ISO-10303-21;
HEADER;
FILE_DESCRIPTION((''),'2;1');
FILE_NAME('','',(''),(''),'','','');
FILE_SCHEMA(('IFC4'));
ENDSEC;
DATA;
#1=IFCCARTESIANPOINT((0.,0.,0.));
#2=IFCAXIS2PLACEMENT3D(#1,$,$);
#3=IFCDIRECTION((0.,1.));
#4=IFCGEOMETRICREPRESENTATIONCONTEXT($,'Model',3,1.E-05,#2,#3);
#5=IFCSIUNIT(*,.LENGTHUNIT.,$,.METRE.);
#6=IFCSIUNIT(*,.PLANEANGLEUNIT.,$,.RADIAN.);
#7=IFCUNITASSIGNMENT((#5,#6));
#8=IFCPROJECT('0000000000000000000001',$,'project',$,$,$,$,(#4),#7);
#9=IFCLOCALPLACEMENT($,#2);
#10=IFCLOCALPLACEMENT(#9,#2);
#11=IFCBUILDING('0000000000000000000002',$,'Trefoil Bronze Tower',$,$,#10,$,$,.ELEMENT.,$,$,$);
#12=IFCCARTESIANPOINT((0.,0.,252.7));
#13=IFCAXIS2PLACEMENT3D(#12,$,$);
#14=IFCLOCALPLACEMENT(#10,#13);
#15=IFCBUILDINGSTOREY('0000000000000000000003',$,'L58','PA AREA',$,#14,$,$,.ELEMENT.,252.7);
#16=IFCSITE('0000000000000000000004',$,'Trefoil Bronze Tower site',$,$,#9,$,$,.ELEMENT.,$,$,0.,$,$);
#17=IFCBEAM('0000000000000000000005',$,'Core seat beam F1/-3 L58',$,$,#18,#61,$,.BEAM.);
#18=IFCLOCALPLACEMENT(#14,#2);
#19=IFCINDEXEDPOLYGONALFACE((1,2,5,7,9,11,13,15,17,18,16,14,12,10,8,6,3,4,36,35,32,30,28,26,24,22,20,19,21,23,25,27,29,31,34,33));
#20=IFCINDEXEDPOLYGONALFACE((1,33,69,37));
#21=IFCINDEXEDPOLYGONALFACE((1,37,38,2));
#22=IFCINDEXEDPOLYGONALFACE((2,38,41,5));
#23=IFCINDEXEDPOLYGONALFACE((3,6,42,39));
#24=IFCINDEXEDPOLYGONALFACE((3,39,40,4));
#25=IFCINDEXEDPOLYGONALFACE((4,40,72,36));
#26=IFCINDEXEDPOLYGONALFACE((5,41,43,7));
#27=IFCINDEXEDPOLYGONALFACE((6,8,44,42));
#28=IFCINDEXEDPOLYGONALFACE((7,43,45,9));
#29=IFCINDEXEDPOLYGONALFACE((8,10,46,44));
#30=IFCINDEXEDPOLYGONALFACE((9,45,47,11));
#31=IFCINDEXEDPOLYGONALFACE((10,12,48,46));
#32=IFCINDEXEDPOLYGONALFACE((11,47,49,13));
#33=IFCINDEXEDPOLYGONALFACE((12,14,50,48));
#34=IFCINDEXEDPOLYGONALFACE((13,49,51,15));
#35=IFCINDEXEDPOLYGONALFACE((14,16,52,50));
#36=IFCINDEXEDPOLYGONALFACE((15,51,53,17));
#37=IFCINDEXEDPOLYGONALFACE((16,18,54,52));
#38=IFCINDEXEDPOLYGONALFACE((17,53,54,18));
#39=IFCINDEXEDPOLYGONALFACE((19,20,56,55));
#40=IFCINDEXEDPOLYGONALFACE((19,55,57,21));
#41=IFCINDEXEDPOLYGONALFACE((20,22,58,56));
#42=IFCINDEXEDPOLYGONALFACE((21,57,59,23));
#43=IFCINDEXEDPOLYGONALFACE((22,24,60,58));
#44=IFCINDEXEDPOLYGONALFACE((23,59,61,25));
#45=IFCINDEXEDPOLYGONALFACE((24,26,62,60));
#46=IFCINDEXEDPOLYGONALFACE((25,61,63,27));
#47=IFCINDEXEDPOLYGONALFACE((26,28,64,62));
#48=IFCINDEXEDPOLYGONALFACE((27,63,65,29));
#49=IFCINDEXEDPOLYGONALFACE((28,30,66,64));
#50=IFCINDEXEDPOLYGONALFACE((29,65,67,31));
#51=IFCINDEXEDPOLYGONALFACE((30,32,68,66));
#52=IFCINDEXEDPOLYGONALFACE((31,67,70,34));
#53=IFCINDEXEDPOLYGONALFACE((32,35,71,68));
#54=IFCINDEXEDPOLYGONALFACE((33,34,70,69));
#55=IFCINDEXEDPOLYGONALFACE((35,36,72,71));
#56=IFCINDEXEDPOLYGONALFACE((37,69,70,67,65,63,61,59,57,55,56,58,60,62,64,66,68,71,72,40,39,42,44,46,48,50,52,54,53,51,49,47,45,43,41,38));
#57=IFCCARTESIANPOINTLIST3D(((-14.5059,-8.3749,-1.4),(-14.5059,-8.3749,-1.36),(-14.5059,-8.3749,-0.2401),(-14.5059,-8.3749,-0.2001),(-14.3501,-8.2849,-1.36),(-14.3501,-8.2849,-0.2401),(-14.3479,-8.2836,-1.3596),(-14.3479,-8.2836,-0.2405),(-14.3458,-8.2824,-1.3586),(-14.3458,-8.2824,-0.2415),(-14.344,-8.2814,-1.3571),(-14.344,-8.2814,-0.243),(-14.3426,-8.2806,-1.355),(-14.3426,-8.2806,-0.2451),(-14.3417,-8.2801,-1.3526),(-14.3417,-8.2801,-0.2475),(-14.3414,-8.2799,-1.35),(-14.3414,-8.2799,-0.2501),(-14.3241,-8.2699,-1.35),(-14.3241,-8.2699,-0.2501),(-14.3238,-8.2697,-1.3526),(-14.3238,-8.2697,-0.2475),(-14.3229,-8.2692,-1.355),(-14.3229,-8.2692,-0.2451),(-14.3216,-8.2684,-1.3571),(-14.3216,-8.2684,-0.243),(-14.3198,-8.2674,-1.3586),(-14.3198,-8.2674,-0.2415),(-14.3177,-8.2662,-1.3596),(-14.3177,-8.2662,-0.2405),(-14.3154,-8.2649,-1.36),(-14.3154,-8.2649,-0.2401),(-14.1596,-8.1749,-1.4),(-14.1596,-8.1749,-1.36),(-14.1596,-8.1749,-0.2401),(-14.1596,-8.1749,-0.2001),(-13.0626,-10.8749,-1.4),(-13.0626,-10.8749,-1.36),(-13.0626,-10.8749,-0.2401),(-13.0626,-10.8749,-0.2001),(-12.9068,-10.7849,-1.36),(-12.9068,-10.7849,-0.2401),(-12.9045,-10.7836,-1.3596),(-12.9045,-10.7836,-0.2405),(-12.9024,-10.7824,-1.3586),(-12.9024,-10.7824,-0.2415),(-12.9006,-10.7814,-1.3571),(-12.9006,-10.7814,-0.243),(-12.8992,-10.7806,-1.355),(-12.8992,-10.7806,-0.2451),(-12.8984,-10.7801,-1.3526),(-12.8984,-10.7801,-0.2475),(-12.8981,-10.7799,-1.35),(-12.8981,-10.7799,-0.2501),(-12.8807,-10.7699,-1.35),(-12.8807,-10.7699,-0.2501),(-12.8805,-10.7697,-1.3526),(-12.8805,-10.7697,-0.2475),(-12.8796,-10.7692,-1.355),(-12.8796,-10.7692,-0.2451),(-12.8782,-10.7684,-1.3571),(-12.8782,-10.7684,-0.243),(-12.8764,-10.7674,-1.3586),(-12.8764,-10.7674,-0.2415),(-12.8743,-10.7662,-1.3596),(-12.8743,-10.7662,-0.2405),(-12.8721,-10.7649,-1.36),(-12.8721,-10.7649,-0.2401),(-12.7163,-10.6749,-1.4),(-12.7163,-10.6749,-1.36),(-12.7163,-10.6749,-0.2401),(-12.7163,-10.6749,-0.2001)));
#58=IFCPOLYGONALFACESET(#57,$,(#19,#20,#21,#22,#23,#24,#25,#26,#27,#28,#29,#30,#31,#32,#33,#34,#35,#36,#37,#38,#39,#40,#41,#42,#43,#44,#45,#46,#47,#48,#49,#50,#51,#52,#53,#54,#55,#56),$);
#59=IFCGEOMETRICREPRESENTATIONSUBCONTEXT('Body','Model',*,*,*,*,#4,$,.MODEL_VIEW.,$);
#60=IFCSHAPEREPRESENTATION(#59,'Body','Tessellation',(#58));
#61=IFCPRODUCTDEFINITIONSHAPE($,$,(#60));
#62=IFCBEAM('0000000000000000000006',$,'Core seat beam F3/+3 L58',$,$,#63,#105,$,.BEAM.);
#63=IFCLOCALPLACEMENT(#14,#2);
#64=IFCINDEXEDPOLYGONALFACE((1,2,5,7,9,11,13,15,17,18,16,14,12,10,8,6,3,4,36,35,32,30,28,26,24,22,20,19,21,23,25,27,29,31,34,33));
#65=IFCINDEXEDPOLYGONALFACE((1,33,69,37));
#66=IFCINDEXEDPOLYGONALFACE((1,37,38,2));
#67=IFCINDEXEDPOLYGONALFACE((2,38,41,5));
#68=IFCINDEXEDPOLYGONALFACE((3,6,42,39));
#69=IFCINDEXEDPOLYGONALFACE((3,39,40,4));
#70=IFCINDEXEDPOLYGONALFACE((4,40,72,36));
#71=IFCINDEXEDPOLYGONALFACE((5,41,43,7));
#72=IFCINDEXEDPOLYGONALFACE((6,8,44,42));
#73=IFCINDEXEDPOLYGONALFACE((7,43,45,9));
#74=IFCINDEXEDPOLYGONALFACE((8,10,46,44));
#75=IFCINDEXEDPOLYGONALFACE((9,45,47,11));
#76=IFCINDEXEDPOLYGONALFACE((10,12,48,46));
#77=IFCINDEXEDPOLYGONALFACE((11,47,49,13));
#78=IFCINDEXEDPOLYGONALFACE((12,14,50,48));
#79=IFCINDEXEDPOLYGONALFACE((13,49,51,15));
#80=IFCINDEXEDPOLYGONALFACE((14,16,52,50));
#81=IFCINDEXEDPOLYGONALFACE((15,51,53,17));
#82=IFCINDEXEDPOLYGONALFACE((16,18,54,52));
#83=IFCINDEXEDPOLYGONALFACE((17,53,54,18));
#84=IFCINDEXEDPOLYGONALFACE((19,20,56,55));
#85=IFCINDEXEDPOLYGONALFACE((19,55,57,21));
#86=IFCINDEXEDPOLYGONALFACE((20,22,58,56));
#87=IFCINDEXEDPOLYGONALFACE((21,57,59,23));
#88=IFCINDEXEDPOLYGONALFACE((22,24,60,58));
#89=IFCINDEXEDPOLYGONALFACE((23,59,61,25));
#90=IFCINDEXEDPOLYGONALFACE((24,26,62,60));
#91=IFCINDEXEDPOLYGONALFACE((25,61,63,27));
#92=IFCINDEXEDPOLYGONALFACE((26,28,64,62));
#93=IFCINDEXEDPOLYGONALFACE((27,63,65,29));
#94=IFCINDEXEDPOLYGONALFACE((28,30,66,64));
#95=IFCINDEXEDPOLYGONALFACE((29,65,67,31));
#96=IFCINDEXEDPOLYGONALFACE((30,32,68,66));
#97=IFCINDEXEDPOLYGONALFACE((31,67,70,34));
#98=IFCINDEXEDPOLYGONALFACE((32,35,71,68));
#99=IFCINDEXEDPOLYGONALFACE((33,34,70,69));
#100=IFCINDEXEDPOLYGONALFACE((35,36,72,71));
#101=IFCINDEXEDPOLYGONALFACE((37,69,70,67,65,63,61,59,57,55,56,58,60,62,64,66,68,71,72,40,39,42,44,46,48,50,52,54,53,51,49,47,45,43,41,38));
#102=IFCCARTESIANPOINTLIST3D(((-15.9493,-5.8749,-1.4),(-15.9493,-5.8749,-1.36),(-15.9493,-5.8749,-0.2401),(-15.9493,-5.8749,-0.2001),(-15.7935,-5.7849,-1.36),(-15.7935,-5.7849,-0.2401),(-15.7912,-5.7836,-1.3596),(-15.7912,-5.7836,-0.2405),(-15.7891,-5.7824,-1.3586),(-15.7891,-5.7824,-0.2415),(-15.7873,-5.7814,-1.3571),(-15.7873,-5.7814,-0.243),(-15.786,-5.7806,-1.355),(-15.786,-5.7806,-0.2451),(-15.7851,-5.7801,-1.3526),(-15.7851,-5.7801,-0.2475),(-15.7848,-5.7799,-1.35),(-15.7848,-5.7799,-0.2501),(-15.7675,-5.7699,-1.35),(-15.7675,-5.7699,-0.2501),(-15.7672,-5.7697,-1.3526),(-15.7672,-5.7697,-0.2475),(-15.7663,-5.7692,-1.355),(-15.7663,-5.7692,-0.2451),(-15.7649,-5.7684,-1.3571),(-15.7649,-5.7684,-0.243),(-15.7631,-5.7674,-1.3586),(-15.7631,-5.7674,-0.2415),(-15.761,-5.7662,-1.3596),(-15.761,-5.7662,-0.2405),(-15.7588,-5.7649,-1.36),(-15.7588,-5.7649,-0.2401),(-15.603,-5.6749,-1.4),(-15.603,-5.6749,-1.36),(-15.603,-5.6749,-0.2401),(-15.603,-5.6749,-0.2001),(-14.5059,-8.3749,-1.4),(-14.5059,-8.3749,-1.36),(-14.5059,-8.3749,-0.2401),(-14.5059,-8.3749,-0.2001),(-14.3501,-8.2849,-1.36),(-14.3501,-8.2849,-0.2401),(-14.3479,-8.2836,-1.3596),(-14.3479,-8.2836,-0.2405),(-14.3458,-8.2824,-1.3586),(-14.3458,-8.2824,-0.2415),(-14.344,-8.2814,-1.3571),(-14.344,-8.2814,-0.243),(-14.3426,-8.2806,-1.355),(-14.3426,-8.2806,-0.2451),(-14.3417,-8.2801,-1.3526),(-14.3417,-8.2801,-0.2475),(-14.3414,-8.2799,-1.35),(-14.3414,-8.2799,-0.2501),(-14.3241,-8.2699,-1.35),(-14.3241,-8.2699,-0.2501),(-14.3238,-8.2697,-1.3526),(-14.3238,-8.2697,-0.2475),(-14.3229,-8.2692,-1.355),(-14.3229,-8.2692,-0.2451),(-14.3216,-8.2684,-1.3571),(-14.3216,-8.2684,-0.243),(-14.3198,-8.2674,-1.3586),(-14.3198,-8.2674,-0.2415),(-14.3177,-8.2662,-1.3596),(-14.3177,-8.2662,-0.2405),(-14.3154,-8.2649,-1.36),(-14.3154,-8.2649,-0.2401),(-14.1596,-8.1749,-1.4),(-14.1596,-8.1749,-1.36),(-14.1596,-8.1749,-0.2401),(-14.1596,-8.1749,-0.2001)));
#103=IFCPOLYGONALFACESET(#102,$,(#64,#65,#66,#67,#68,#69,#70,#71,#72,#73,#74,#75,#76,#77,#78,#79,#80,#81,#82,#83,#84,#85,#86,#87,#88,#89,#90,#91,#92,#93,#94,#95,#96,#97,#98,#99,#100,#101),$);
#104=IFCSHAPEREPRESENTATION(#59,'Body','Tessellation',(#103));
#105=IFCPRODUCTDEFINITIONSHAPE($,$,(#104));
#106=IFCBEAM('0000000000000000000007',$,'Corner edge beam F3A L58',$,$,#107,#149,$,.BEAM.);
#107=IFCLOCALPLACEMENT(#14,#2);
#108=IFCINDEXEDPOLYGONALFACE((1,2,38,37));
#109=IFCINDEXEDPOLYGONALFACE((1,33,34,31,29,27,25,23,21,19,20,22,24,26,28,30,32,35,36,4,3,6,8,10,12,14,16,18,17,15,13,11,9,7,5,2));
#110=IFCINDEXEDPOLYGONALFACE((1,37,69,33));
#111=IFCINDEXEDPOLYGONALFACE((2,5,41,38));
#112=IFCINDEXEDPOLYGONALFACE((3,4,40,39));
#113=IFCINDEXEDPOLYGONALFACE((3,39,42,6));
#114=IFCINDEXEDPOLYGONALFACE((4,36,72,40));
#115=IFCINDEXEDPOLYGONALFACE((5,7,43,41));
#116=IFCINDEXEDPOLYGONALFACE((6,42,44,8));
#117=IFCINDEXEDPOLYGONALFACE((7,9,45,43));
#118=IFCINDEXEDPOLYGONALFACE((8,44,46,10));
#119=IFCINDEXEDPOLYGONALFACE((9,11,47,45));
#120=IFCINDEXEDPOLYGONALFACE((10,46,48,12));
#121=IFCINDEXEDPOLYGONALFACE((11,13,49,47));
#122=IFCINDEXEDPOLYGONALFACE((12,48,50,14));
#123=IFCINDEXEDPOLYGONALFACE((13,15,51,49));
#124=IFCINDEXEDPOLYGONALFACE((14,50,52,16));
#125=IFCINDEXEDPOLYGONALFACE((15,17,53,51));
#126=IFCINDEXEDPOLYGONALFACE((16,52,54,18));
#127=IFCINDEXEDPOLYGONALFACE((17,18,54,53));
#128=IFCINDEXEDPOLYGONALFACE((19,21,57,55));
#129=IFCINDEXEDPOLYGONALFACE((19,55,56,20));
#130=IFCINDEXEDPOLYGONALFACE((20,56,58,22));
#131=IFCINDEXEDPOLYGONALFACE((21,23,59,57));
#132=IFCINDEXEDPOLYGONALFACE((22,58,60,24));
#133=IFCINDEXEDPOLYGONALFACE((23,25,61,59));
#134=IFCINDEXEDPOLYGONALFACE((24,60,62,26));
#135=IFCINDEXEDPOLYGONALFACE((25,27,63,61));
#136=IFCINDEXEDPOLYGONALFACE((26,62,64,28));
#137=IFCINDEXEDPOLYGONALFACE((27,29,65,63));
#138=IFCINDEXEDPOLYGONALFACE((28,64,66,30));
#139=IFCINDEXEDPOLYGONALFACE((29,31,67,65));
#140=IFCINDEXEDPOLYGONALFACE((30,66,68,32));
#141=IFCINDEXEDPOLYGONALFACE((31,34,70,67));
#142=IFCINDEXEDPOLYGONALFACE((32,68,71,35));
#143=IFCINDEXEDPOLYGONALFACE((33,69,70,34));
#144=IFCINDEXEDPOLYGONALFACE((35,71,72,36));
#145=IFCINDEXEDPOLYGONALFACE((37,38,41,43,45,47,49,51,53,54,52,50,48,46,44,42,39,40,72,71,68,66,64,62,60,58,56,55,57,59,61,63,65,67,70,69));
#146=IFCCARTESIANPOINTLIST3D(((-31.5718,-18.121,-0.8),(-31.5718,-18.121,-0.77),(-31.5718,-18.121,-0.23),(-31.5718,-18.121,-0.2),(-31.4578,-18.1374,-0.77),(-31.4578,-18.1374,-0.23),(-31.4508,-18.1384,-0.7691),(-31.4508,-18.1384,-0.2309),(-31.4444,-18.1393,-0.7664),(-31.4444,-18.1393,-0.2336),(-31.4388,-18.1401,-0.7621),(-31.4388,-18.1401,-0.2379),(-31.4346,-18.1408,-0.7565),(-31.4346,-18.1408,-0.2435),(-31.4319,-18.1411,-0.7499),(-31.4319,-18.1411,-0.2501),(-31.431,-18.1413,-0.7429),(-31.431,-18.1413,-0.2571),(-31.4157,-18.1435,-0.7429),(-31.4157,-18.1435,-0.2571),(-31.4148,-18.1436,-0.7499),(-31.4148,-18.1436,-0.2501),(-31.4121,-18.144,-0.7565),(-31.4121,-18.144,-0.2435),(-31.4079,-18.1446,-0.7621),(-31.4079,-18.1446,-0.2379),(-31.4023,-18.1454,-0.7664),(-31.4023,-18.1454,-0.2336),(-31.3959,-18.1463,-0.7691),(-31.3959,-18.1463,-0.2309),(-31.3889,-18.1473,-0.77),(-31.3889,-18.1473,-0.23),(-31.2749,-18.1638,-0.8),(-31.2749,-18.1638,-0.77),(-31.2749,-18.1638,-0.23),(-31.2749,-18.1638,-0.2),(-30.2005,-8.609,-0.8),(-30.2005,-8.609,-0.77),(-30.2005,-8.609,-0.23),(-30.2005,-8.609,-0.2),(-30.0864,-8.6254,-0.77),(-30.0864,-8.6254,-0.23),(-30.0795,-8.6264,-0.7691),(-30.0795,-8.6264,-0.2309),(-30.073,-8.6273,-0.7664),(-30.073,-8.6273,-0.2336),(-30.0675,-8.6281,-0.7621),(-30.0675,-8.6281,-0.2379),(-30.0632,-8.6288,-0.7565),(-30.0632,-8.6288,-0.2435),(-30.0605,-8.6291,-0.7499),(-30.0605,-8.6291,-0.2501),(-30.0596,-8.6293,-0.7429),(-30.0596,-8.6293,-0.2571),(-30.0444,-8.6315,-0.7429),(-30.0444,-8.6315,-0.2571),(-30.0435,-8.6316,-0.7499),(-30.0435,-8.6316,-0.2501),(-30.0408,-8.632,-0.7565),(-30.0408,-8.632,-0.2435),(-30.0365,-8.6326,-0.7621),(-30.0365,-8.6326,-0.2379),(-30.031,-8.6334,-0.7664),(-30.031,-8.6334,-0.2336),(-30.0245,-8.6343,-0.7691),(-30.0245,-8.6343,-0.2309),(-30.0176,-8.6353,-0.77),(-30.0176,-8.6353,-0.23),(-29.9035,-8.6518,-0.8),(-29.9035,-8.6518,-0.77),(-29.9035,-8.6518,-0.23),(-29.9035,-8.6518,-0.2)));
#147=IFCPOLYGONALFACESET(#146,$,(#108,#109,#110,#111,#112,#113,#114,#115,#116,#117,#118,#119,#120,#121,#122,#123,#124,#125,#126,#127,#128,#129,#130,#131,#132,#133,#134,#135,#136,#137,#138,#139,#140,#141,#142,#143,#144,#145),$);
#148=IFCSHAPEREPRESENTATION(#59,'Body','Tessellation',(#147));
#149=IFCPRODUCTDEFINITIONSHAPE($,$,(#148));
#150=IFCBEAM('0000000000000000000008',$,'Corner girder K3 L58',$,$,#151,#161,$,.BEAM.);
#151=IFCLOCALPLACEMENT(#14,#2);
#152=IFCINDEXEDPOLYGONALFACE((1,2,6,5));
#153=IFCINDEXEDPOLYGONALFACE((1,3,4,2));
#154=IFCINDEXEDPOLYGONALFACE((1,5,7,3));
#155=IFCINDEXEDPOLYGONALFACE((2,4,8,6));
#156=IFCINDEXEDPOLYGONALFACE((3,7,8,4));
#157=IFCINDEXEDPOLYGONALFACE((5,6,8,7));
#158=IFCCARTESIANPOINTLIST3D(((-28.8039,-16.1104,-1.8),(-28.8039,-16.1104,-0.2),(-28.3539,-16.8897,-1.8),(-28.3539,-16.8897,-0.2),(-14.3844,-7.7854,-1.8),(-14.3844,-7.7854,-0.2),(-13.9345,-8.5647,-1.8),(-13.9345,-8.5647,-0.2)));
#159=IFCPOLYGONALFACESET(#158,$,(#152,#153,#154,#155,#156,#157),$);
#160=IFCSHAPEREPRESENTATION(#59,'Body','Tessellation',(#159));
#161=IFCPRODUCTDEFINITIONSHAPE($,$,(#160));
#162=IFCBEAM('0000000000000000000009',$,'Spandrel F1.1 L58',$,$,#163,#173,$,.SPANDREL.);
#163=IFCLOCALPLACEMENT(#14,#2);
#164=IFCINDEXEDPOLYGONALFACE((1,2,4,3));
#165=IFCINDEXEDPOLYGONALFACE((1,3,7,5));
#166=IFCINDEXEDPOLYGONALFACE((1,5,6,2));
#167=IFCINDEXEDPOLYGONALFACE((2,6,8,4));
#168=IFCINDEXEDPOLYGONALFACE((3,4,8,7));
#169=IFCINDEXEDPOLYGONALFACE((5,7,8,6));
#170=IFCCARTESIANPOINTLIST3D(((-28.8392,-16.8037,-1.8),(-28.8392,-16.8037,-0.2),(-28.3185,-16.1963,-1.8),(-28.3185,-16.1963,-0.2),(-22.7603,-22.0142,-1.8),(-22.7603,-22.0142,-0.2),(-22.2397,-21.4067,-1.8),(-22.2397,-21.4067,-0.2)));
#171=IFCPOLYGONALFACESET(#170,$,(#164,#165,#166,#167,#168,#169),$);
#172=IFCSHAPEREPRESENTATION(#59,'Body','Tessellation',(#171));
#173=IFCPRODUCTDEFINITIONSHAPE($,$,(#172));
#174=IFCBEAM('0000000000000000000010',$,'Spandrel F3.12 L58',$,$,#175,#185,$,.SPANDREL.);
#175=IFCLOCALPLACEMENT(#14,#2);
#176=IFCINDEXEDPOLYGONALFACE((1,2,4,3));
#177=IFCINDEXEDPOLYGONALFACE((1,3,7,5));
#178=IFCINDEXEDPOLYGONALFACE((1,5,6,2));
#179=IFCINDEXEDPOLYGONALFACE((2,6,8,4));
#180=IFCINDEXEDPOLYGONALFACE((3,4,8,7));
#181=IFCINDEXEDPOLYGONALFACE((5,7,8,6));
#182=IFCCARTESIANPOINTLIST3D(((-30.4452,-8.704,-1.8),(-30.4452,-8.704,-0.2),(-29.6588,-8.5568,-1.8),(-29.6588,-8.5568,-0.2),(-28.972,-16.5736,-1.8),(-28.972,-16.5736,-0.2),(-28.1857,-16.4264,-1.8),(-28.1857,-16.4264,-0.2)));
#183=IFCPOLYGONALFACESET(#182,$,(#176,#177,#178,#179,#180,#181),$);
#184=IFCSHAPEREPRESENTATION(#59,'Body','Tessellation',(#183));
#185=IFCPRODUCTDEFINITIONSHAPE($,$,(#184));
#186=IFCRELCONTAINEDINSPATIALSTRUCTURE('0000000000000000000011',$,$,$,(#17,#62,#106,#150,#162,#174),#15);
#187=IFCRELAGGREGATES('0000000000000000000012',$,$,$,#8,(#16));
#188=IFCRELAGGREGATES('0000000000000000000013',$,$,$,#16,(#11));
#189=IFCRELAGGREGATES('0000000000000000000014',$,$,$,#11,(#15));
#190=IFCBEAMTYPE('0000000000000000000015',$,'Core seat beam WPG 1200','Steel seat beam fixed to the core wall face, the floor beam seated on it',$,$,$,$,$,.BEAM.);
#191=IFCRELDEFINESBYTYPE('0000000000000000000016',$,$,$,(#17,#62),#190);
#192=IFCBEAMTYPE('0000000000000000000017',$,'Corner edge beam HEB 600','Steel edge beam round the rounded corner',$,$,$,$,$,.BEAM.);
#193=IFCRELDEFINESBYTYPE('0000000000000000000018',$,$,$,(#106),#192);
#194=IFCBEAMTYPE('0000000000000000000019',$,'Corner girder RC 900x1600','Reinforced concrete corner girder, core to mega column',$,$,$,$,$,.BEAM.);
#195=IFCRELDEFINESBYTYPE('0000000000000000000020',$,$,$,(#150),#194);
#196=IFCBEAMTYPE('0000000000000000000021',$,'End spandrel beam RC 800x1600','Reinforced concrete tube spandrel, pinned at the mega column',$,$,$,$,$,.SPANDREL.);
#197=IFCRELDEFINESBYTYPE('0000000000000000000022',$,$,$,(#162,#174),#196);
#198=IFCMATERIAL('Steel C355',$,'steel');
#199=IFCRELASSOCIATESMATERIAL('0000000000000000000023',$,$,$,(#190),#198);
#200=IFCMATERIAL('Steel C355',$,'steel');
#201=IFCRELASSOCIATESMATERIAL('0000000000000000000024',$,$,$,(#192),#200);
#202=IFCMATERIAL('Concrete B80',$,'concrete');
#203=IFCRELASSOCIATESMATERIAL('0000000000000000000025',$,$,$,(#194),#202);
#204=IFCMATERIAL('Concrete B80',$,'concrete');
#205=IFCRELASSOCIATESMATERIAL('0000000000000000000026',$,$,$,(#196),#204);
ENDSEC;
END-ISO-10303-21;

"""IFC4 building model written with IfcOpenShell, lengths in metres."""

from ifc_helpers import new_model, si_unit, direction, frame, origin, origin_2d, place, context, subcontext, project, spatial, rectangle, i_section, extrude, material, material_profile, profile_set, type_object, element, save


model = new_model("IFC4")

# Units and contexts
model_context = context("Model", 3, precision=1e-05, world=origin(), true_north=direction((0.0, 1.0)))
body_context = subcontext(model_context, "Body", "Model", "MODEL_VIEW")
ifc_project = project(units=[si_unit("LENGTHUNIT", "METRE"), si_unit("PLANEANGLEUNIT", "RADIAN")], contexts=[model_context])

# Site, building, storey
site_placement = place(None, origin())
site = spatial("IfcSite", under=ifc_project, at=site_placement, Name="Trefoil Bronze Tower site", CompositionType="ELEMENT", RefElevation=0.0)
building_placement = place(site_placement, origin())
building = spatial("IfcBuilding", under=site, at=building_placement, Name="Trefoil Bronze Tower", CompositionType="ELEMENT")
storey_placement = place(building_placement, frame((0.0, 0.0, 252.7)))
storey = spatial("IfcBuildingStorey", under=building, at=storey_placement, Name="L58", Description="PA AREA", CompositionType="ELEMENT", Elevation=252.7)

# Beams
ifc_material_1 = material(Name="Steel C355", Category="steel")
ifc_material_profile_1 = material_profile(ifc_material_1, i_section(OverallWidth=0.3999, OverallDepth=1.2, WebThickness=0.02, FlangeThickness=0.04, FilletRadius=0.01, at=origin_2d()), Name="WPG 1200")
ifc_profile_set_1 = profile_set([ifc_material_profile_1], Name="Steel C355")
beam_type_1 = type_object("IfcBeamType", Name="Core seat beam WPG 1200", Description="Steel seat beam fixed to the core wall face, the floor beam seated on it", PredefinedType="BEAM", material=ifc_profile_set_1)
for number, where, z_axis, x_axis, name in (
    (1, (-14.3328, -8.2749, -0.8), (0.499996, -0.866028, 0.0), (0.866028, 0.499996, 0.0), "Core seat beam F1/-3 L58"),
    (2, (-15.7761, -5.7749, -0.8), (0.499996, -0.866028, 0.0), (0.866028, 0.499996, 0.0), "Core seat beam F3/+3 L58"),
):
    element("IfcBeam", number, at=place(storey_placement, frame(where, z_axis=z_axis, x_axis=x_axis)), inside=storey, type_object=beam_type_1, Name=name, PredefinedType="BEAM", context=body_context, shape_type="SweptSolid", body=[
        extrude(i_section(OverallWidth=0.3999, OverallDepth=1.2, WebThickness=0.02, FlangeThickness=0.04, FilletRadius=0.01, at=origin_2d()), origin(), (0.0, 0.0, 1.0), 2.8867),
    ])
ifc_material_2 = material(Name="Steel C355", Category="steel")
ifc_material_profile_2 = material_profile(ifc_material_2, i_section(OverallWidth=0.3, OverallDepth=0.6001, WebThickness=0.0154, FlangeThickness=0.03, FilletRadius=0.0271, at=origin_2d()), Name="HEB 600")
ifc_profile_set_2 = profile_set([ifc_material_profile_2], Name="Steel C355")
beam_type_2 = type_object("IfcBeamType", Name="Corner edge beam HEB 600", Description="Steel edge beam round the rounded corner", PredefinedType="BEAM", material=ifc_profile_set_2)
beam_1_placement = place(storey_placement, frame((-30.052, -8.6304, -0.5), z_axis=(-0.142694, -0.989767, 0.0), x_axis=(0.989767, -0.142694, 0.0)))
element("IfcBeam", 3, at=beam_1_placement, inside=storey, type_object=beam_type_2, Name="Corner edge beam F3A L58", PredefinedType="BEAM", context=body_context, shape_type="SweptSolid", body=[
    extrude(i_section(OverallWidth=0.3, OverallDepth=0.6001, WebThickness=0.0154, FlangeThickness=0.03, FilletRadius=0.0271, at=origin_2d()), origin(), (0.0, 0.0, 1.0), 9.6104),
])
ifc_material_3 = material(Name="Concrete B80", Category="concrete")
ifc_material_profile_3 = material_profile(ifc_material_3, rectangle(XDim=0.8999, YDim=1.6001, at=origin_2d()), Name="RC 900x1600")
ifc_profile_set_3 = profile_set([ifc_material_profile_3], Name="Concrete B80")
beam_type_3 = type_object("IfcBeamType", Name="Corner girder RC 900x1600", Description="Reinforced concrete corner girder, core to mega column", PredefinedType="BEAM", material=ifc_profile_set_3)
beam_2_placement = place(storey_placement, frame((-14.1594, -8.175, -1.0), z_axis=(-0.866028, -0.499995, 0.0), x_axis=(0.499995, -0.866028, 0.0)))
element("IfcBeam", 4, at=beam_2_placement, inside=storey, type_object=beam_type_3, Name="Corner girder K3 L58", PredefinedType="BEAM", context=body_context, shape_type="SweptSolid", body=[
    extrude(rectangle(XDim=0.8999, YDim=1.6001, at=origin_2d()), origin(), (0.0, 0.0, 1.0), 16.6501),
])
ifc_material_4 = material(Name="Concrete B80", Category="concrete")
ifc_material_profile_4 = material_profile(ifc_material_4, rectangle(XDim=0.8, YDim=1.6001, at=origin_2d()), Name="RC 800x1600")
ifc_profile_set_4 = profile_set([ifc_material_profile_4], Name="Concrete B80")
beam_type_4 = type_object("IfcBeamType", Name="End spandrel beam RC 800x1600", Description="Reinforced concrete tube spandrel, pinned at the mega column", PredefinedType="SPANDREL", material=ifc_profile_set_4)
for number, where, z_axis, x_axis, name in (
    (5, (-28.5789, -16.5, -1.0), (0.759257, -0.650791, 0.0), (0.650791, 0.759257, 0.0), "Spandrel F1.1 L58"),
    (6, (-30.052, -8.6304, -1.0), (0.183998, -0.982927, 0.0), (0.982927, 0.183998, 0.0), "Spandrel F3.12 L58"),
):
    element("IfcBeam", number, at=place(storey_placement, frame(where, z_axis=z_axis, x_axis=x_axis)), inside=storey, type_object=beam_type_4, Name=name, PredefinedType="SPANDREL", context=body_context, shape_type="SweptSolid", body=[
        extrude(rectangle(XDim=0.8, YDim=1.6001, at=origin_2d()), origin(), (0.0, 0.0, 1.0), 8.0063),
    ])

save(model, "model.ifc")
